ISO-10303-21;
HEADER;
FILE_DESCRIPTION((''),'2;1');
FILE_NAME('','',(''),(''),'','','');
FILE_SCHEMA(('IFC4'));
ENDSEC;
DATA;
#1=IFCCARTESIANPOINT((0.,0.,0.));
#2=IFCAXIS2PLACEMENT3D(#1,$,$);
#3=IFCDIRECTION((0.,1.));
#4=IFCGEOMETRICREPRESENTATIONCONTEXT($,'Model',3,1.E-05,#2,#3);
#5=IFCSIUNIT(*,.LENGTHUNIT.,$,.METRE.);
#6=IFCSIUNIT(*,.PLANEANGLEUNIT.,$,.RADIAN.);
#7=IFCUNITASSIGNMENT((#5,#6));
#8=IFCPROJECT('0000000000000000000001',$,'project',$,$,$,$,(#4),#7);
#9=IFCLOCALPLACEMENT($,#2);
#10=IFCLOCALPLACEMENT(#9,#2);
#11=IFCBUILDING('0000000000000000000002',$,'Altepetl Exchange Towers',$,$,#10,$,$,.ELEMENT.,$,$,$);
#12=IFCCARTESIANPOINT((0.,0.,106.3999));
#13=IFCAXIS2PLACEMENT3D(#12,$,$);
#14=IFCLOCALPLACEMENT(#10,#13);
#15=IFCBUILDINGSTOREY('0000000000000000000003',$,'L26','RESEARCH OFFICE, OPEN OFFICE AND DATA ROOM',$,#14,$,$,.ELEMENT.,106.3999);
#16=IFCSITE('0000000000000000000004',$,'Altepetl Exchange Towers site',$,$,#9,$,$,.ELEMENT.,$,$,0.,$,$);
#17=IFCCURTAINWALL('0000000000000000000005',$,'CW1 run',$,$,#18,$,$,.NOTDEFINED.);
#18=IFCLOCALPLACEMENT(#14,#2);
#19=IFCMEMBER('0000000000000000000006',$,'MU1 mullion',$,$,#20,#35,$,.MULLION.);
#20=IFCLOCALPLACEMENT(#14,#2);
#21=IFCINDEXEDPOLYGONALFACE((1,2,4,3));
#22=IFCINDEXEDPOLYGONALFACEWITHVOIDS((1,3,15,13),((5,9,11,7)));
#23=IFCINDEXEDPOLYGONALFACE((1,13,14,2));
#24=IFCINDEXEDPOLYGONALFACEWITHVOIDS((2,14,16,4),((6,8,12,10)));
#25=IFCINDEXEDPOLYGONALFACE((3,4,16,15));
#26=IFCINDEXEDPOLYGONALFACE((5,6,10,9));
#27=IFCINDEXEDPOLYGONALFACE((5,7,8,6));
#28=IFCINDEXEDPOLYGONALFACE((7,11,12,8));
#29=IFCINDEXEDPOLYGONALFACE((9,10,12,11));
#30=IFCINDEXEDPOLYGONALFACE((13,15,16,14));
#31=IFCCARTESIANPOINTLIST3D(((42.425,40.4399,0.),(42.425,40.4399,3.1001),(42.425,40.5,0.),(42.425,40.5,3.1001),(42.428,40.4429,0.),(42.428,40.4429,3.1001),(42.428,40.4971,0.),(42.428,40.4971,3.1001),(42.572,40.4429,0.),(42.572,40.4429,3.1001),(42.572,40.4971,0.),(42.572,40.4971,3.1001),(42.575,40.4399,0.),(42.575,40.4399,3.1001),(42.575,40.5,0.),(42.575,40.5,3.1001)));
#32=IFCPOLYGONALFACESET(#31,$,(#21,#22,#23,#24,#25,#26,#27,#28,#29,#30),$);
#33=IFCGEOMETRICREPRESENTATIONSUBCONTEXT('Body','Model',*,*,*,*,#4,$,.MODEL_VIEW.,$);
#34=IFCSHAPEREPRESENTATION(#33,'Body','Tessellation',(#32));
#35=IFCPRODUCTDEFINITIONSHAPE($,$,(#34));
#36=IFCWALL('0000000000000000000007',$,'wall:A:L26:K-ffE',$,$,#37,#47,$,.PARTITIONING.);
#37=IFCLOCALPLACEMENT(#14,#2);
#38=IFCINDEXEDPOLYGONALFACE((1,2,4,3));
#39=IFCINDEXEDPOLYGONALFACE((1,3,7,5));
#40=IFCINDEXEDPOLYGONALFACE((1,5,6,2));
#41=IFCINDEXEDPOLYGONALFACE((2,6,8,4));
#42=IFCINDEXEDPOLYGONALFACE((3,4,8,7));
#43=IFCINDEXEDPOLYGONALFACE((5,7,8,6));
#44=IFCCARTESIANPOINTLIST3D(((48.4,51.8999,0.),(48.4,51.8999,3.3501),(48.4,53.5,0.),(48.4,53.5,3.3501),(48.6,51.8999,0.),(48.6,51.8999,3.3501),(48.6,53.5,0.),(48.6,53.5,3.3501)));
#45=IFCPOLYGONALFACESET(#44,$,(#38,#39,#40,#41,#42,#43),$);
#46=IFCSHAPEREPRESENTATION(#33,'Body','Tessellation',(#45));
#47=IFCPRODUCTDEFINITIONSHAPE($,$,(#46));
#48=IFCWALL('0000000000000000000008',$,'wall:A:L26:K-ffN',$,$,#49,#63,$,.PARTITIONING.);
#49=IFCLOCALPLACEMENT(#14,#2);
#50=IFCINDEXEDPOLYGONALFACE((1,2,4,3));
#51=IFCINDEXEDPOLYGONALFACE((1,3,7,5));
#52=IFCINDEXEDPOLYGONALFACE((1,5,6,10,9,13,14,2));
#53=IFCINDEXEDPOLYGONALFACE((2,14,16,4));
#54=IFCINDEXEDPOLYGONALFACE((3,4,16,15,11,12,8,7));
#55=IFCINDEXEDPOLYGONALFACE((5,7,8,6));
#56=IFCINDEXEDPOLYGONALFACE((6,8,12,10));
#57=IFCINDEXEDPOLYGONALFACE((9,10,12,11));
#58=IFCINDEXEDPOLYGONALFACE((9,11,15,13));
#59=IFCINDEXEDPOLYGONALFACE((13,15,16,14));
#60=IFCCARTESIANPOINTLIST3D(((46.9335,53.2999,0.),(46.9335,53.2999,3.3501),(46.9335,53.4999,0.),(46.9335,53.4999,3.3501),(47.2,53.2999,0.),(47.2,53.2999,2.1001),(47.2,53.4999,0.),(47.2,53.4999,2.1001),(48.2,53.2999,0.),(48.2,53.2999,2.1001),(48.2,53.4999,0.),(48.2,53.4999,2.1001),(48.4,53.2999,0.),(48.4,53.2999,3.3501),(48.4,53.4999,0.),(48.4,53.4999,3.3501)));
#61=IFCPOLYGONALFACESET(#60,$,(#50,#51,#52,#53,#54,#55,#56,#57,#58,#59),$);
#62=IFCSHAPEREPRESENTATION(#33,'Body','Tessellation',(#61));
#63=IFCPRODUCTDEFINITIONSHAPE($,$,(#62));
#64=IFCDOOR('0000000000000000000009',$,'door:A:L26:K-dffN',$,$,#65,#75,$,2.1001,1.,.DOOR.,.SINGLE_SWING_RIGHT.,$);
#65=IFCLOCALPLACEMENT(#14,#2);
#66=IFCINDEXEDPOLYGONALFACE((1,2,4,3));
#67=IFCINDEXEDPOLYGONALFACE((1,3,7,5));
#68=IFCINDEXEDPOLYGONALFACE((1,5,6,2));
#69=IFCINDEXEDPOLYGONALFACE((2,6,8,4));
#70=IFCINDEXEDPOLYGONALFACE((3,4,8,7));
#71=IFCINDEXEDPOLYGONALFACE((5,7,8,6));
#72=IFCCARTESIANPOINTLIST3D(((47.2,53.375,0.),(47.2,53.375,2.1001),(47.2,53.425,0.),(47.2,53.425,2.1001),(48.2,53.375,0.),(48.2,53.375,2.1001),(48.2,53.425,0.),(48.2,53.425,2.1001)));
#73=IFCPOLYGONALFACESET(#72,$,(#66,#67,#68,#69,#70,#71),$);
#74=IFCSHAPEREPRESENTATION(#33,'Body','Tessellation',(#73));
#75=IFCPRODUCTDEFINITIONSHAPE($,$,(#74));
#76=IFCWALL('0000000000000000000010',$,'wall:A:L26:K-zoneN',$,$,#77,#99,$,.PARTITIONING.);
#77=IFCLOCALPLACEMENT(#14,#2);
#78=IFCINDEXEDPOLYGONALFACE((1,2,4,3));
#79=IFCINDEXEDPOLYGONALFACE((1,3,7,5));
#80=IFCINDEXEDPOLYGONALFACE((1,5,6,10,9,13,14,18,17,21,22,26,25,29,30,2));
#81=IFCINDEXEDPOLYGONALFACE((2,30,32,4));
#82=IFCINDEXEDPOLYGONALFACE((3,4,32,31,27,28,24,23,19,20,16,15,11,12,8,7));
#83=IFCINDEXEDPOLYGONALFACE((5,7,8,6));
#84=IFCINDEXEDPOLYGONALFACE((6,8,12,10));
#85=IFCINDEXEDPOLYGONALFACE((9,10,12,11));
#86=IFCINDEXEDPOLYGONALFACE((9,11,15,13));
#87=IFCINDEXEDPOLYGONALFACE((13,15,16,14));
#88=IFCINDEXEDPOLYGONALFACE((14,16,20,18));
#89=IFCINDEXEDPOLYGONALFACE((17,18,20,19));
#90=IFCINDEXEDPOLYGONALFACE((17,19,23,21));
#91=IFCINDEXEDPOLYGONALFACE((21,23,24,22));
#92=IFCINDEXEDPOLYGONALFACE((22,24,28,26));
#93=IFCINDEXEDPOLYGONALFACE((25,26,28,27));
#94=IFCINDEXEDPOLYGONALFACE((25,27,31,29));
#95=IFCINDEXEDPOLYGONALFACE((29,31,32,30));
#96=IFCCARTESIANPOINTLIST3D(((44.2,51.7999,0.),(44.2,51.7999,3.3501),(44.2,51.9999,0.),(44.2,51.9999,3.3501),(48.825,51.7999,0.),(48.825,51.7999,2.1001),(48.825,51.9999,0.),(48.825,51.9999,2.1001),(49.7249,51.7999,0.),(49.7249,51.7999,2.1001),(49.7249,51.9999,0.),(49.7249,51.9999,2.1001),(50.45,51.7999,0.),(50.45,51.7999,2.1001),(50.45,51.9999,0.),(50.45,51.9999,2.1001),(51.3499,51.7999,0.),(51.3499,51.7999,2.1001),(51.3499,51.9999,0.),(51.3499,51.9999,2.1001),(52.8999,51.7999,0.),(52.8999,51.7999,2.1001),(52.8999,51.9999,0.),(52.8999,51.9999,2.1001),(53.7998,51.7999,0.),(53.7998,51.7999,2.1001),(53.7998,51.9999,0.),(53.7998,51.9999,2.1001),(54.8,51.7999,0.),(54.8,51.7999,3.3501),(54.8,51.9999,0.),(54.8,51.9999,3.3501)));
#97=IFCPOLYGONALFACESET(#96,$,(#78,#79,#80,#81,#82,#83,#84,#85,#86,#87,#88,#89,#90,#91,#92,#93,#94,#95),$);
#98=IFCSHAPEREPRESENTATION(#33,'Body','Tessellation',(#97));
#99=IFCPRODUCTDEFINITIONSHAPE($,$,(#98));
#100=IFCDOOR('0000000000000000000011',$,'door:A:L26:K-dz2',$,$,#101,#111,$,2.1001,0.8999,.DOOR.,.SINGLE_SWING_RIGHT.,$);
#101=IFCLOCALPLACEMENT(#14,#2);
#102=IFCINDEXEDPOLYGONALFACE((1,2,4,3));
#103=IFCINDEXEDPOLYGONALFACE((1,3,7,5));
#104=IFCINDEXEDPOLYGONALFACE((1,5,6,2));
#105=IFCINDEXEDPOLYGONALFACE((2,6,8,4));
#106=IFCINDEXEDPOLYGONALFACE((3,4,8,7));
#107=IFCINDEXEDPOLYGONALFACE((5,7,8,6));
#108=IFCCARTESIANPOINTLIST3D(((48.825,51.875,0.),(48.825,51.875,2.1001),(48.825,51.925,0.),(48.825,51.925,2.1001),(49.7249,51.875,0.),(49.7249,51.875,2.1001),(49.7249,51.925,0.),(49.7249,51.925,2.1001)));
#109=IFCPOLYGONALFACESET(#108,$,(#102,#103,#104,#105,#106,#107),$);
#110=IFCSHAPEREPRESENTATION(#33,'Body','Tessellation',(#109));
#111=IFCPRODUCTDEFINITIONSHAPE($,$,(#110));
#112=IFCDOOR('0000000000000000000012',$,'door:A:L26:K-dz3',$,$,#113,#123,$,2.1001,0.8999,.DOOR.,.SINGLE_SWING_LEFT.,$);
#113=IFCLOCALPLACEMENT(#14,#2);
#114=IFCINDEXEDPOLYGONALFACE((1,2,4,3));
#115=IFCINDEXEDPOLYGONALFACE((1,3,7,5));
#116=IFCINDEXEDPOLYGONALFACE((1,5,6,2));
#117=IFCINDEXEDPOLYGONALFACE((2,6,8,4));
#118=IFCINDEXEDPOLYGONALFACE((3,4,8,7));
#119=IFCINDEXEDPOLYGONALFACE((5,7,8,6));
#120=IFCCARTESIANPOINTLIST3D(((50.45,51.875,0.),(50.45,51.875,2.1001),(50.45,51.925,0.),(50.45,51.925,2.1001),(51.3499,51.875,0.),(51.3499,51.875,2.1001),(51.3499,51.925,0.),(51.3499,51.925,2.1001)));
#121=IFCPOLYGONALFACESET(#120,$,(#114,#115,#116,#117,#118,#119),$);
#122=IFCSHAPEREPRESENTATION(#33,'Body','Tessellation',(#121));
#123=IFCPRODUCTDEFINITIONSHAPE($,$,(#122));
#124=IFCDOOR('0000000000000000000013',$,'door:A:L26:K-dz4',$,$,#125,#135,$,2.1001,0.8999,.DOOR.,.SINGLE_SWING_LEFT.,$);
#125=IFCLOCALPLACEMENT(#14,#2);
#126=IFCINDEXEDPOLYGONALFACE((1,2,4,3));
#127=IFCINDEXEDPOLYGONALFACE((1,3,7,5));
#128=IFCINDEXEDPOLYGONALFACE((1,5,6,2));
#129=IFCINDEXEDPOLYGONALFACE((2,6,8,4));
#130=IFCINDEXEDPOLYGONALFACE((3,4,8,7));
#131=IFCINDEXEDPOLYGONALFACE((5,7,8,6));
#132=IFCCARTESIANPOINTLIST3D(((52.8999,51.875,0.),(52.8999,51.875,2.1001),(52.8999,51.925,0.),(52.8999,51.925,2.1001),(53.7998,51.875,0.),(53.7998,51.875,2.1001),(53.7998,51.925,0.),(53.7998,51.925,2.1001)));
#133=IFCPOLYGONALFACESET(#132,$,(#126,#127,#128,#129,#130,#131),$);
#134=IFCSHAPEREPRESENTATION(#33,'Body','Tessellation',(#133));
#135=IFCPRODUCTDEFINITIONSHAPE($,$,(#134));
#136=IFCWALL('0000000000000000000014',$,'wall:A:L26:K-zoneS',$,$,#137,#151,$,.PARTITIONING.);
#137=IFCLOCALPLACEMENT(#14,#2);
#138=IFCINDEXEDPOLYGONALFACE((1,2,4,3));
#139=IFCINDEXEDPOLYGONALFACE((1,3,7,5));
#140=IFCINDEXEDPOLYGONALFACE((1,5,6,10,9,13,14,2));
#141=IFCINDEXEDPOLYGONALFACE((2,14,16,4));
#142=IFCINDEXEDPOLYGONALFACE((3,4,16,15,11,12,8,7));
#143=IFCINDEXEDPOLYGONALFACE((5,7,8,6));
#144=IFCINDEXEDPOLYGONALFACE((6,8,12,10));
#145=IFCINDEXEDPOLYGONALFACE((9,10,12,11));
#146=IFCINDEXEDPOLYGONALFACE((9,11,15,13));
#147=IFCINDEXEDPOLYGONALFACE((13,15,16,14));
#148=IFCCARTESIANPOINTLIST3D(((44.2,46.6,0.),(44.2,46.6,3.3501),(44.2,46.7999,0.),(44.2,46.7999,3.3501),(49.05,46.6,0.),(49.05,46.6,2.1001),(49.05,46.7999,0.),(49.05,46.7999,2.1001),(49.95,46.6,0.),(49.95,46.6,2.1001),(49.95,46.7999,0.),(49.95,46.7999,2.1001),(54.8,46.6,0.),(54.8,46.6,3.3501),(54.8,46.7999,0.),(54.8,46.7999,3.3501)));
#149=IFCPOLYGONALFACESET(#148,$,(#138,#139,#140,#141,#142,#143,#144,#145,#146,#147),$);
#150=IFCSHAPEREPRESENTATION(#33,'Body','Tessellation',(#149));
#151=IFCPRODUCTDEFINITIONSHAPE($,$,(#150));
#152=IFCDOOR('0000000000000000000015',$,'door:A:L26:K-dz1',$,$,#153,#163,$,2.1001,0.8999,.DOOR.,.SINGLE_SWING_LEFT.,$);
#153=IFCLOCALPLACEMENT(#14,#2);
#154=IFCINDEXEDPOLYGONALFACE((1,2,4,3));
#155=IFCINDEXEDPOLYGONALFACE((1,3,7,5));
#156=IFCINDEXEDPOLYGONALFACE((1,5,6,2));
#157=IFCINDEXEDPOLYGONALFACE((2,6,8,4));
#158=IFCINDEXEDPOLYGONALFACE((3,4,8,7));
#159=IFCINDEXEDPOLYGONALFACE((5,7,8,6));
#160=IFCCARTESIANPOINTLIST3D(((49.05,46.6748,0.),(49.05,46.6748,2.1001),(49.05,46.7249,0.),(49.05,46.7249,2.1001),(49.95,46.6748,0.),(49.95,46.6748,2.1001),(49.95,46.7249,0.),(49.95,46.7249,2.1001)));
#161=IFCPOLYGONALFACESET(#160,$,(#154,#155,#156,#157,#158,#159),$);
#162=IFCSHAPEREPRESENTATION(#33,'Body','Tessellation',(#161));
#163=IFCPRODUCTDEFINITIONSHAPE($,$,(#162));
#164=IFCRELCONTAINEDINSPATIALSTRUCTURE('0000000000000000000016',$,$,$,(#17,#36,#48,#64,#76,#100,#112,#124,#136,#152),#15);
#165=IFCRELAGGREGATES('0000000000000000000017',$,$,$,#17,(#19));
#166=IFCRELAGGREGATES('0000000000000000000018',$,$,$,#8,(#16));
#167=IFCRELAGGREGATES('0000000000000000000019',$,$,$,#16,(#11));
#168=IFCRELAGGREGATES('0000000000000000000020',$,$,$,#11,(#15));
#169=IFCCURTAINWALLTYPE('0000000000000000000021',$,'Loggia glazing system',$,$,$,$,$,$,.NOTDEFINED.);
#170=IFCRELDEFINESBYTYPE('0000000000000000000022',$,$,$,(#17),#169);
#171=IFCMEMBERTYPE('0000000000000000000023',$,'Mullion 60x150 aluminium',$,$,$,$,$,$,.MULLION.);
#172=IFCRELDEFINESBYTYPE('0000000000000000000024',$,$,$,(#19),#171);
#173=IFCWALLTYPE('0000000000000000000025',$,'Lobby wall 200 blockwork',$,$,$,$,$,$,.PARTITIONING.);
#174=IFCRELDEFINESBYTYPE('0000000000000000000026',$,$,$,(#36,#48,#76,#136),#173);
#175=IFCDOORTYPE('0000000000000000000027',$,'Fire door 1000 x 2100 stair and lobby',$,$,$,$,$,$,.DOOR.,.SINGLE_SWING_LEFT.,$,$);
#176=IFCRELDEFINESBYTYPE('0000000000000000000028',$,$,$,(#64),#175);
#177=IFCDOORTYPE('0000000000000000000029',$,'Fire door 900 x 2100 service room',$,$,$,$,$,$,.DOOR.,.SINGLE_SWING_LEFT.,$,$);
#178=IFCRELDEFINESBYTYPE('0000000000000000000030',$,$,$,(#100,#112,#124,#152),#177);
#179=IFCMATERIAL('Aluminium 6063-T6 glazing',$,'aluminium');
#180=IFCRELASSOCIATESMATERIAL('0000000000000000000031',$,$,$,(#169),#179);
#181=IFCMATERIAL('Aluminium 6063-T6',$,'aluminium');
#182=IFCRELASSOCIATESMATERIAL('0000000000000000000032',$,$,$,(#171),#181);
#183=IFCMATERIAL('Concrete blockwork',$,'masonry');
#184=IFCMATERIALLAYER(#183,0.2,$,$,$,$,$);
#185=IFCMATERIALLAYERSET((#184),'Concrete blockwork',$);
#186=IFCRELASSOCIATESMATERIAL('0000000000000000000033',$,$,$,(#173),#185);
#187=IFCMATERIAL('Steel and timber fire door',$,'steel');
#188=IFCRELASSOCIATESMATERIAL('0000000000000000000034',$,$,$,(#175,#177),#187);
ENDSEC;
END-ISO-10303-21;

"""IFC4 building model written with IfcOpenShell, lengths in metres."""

from ifc_helpers import new_model, si_unit, direction, frame, frame_2d, origin, origin_2d, place, context, subcontext, project, spatial, rectangle, hollow_rectangle, extrude, material, layer, layer_set, material_profile, profile_set, type_object, element, fill, aggregate, save


model = new_model("IFC4")

# Units and contexts
model_context = context("Model", 3, precision=1e-05, world=origin(), true_north=direction((0.0, 1.0)))
body_context = subcontext(model_context, "Body", "Model", "MODEL_VIEW")
ifc_project = project(units=[si_unit("LENGTHUNIT", "METRE"), si_unit("PLANEANGLEUNIT", "RADIAN")], contexts=[model_context])

# Site, building, storey
site_placement = place(None, origin())
site = spatial("IfcSite", under=ifc_project, at=site_placement, Name="Altepetl Exchange Towers site", CompositionType="ELEMENT", RefElevation=0.0)
building_placement = place(site_placement, origin())
building = spatial("IfcBuilding", under=site, at=building_placement, Name="Altepetl Exchange Towers", CompositionType="ELEMENT")
storey_placement = place(building_placement, frame((0.0, 0.0, 106.3999)))
storey = spatial("IfcBuildingStorey", under=building, at=storey_placement, Name="L26", Description="RESEARCH OFFICE, OPEN OFFICE AND DATA ROOM", CompositionType="ELEMENT", Elevation=106.3999)

# Curtain wall, member
ifc_material_1 = material(Name="Aluminium 6063-T6 glazing", Category="aluminium")
curtain_wall_type = type_object("IfcCurtainWallType", Name="Loggia glazing system", PredefinedType="NOTDEFINED", material=ifc_material_1)
curtain_wall_placement = place(storey_placement, origin())
curtain_wall = element("IfcCurtainWall", 1, at=curtain_wall_placement, inside=storey, type_object=curtain_wall_type, Name="CW1 run", PredefinedType="NOTDEFINED")
ifc_material_2 = material(Name="Aluminium 6063-T6", Category="aluminium")
ifc_material_profile = material_profile(ifc_material_2, hollow_rectangle(XDim=0.0601, YDim=0.1499, WallThickness=0.0029, at=origin_2d()), Name="Mullion 60x150 aluminium")
ifc_profile_set = profile_set([ifc_material_profile], Name="Aluminium 6063-T6")
member_type = type_object("IfcMemberType", Name="Mullion 60x150 aluminium", PredefinedType="MULLION", material=ifc_profile_set)
member_placement = place(storey_placement, frame((42.5, 40.47, 0.0), z_axis=(0.0, 0.0, 1.0), x_axis=(0.0, -1.0, 0.0)))
member = element("IfcMember", 2, at=member_placement, type_object=member_type, Name="MU1 mullion", PredefinedType="MULLION", context=body_context, shape_type="SweptSolid", body=[
    extrude(hollow_rectangle(XDim=0.0601, YDim=0.1499, WallThickness=0.0029, at=origin_2d()), origin(), (0.0, 0.0, 1.0), 3.1001),
])
aggregate(curtain_wall, [member])

# Wall
ifc_material_3 = material(Name="Concrete blockwork", Category="masonry")
ifc_layer_1 = layer(ifc_material_3, 0.2)
ifc_layer_set_1 = layer_set([ifc_layer_1], Name="Concrete blockwork")
wall_type_1 = type_object("IfcWallType", Name="Lobby wall 200 blockwork", PredefinedType="PARTITIONING", material=ifc_layer_set_1)
wall_1_placement = place(storey_placement, frame((48.5, 51.8999, 0.0), z_axis=(0.0, 0.0, 1.0), x_axis=(0.0, 1.0, 0.0)))
element("IfcWall", 3, at=wall_1_placement, inside=storey, type_object=wall_type_1, Name="wall:A:L26:K-ffE", PredefinedType="PARTITIONING", context=body_context, shape_type="SweptSolid", body=[
    extrude(rectangle(XDim=1.6001, YDim=0.2, at=frame_2d((0.8, 0.0))), origin(), (0.0, 0.0, 1.0), 3.3501),
])

# Wall, opening, door
wall_2_placement = place(storey_placement, frame((46.9333, 53.3999, 0.0)))
wall_2 = element("IfcWall", 4, at=wall_2_placement, inside=storey, type_object=wall_type_1, Name="wall:A:L26:K-ffN", PredefinedType="PARTITIONING", context=body_context, shape_type="SweptSolid", body=[
    extrude(rectangle(XDim=1.4666, YDim=0.2, at=frame_2d((0.7334, 0.0))), origin(), (0.0, 0.0, 1.0), 3.3501),
])
opening_1_placement = place(wall_2_placement, frame((0.2666, 0.0, 0.0)))
opening_1 = element("IfcOpeningElement", 5, at=opening_1_placement, cuts=wall_2, PredefinedType="OPENING", context=body_context, shape_type="SweptSolid", body=[
    extrude(rectangle(XDim=1.0, YDim=2.1001, at=frame_2d((0.5, 1.05))), frame((0.0, 0.1099, 0.0), z_axis=(0.0, -1.0, 0.0), x_axis=(1.0, 0.0, 0.0)), (0.0, 0.0, 1.0), 0.22),
])
ifc_material_4 = material(Name="Steel and timber fire door", Category="steel")
door_type_1 = type_object("IfcDoorType", Name="Fire door 1000 x 2100 stair and lobby", OperationType="SINGLE_SWING_LEFT", PredefinedType="DOOR", material=ifc_material_4)
door_1_placement = place(opening_1_placement, frame((1.0, 0.0, 0.0), x_axis=(-1.0, 0.0, 0.0)))
door_1 = element("IfcDoor", 6, at=door_1_placement, inside=storey, type_object=door_type_1, Name="door:A:L26:K-dffN", OperationType="SINGLE_SWING_RIGHT", OverallHeight=2.1001, OverallWidth=1.0, PredefinedType="DOOR", context=body_context, shape_type="SweptSolid", body=[
    extrude(rectangle(XDim=1.0, YDim=2.1001, at=frame_2d((0.5, 1.05))), frame((0.0, 0.0249, 0.0), z_axis=(0.0, -1.0, 0.0), x_axis=(1.0, 0.0, 0.0)), (0.0, 0.0, 1.0), 0.05),
])
fill(opening_1, door_1)

# Wall, openings, doors
wall_3_placement = place(storey_placement, frame((44.2, 51.8999, 0.0)))
wall_3 = element("IfcWall", 7, at=wall_3_placement, inside=storey, type_object=wall_type_1, Name="wall:A:L26:K-zoneN", PredefinedType="PARTITIONING", context=body_context, shape_type="SweptSolid", body=[
    extrude(rectangle(XDim=10.6001, YDim=0.2, at=frame_2d((5.3, 0.0))), origin(), (0.0, 0.0, 1.0), 3.3501),
])
opening_2_placement = place(wall_3_placement, frame((4.625, 0.0, 0.0)))
opening_2 = element("IfcOpeningElement", 8, at=opening_2_placement, cuts=wall_3, PredefinedType="OPENING", context=body_context, shape_type="SweptSolid", body=[
    extrude(rectangle(XDim=0.8999, YDim=2.1001, at=frame_2d((0.45, 1.05))), frame((0.0, 0.1099, 0.0), z_axis=(0.0, -1.0, 0.0), x_axis=(1.0, 0.0, 0.0)), (0.0, 0.0, 1.0), 0.22),
])
opening_3_placement = place(wall_3_placement, frame((6.25, 0.0, 0.0)))
opening_3 = element("IfcOpeningElement", 9, at=opening_3_placement, cuts=wall_3, PredefinedType="OPENING", context=body_context, shape_type="SweptSolid", body=[
    extrude(rectangle(XDim=0.8999, YDim=2.1001, at=frame_2d((0.45, 1.05))), frame((0.0, 0.1099, 0.0), z_axis=(0.0, -1.0, 0.0), x_axis=(1.0, 0.0, 0.0)), (0.0, 0.0, 1.0), 0.22),
])
opening_4_placement = place(wall_3_placement, frame((8.7, 0.0, 0.0)))
opening_4 = element("IfcOpeningElement", 10, at=opening_4_placement, cuts=wall_3, PredefinedType="OPENING", context=body_context, shape_type="SweptSolid", body=[
    extrude(rectangle(XDim=0.8999, YDim=2.1001, at=frame_2d((0.45, 1.05))), frame((0.0, 0.1099, 0.0), z_axis=(0.0, -1.0, 0.0), x_axis=(1.0, 0.0, 0.0)), (0.0, 0.0, 1.0), 0.22),
])
door_type_2 = type_object("IfcDoorType", Name="Fire door 900 x 2100 service room", OperationType="SINGLE_SWING_LEFT", PredefinedType="DOOR", material=ifc_material_4)
door_2_placement = place(opening_2_placement, frame((0.8999, 0.0, 0.0), x_axis=(-1.0, 0.0, 0.0)))
door_2 = element("IfcDoor", 11, at=door_2_placement, inside=storey, type_object=door_type_2, Name="door:A:L26:K-dz2", OperationType="SINGLE_SWING_RIGHT", OverallHeight=2.1001, OverallWidth=0.8999, PredefinedType="DOOR", context=body_context, shape_type="SweptSolid", body=[
    extrude(rectangle(XDim=0.8999, YDim=2.1001, at=frame_2d((0.45, 1.05))), frame((0.0, 0.0249, 0.0), z_axis=(0.0, -1.0, 0.0), x_axis=(1.0, 0.0, 0.0)), (0.0, 0.0, 1.0), 0.05),
])
fill(opening_2, door_2)
door_3_placement = place(opening_3_placement, frame((0.8999, 0.0, 0.0), x_axis=(-1.0, 0.0, 0.0)))
door_3 = element("IfcDoor", 12, at=door_3_placement, inside=storey, type_object=door_type_2, Name="door:A:L26:K-dz3", OperationType="SINGLE_SWING_LEFT", OverallHeight=2.1001, OverallWidth=0.8999, PredefinedType="DOOR", context=body_context, shape_type="SweptSolid", body=[
    extrude(rectangle(XDim=0.8999, YDim=2.1001, at=frame_2d((0.45, 1.05))), frame((0.0, 0.0249, 0.0), z_axis=(0.0, -1.0, 0.0), x_axis=(1.0, 0.0, 0.0)), (0.0, 0.0, 1.0), 0.05),
])
fill(opening_3, door_3)
door_4_placement = place(opening_4_placement, frame((0.8999, 0.0, 0.0), x_axis=(-1.0, 0.0, 0.0)))
door_4 = element("IfcDoor", 13, at=door_4_placement, inside=storey, type_object=door_type_2, Name="door:A:L26:K-dz4", OperationType="SINGLE_SWING_LEFT", OverallHeight=2.1001, OverallWidth=0.8999, PredefinedType="DOOR", context=body_context, shape_type="SweptSolid", body=[
    extrude(rectangle(XDim=0.8999, YDim=2.1001, at=frame_2d((0.45, 1.05))), frame((0.0, 0.0249, 0.0), z_axis=(0.0, -1.0, 0.0), x_axis=(1.0, 0.0, 0.0)), (0.0, 0.0, 1.0), 0.05),
])
fill(opening_4, door_4)

# Wall, opening, door
wall_4_placement = place(storey_placement, frame((44.2, 46.7, 0.0)))
wall_4 = element("IfcWall", 14, at=wall_4_placement, inside=storey, type_object=wall_type_1, Name="wall:A:L26:K-zoneS", PredefinedType="PARTITIONING", context=body_context, shape_type="SweptSolid", body=[
    extrude(rectangle(XDim=10.6001, YDim=0.2, at=frame_2d((5.3, 0.0))), origin(), (0.0, 0.0, 1.0), 3.3501),
])
opening_5_placement = place(wall_4_placement, frame((4.8501, 0.0, 0.0)))
opening_5 = element("IfcOpeningElement", 15, at=opening_5_placement, cuts=wall_4, PredefinedType="OPENING", context=body_context, shape_type="SweptSolid", body=[
    extrude(rectangle(XDim=0.8999, YDim=2.1001, at=frame_2d((0.45, 1.05))), frame((0.0, 0.1099, 0.0), z_axis=(0.0, -1.0, 0.0), x_axis=(1.0, 0.0, 0.0)), (0.0, 0.0, 1.0), 0.22),
])
door_5_placement = place(opening_5_placement, origin())
door_5 = element("IfcDoor", 16, at=door_5_placement, inside=storey, type_object=door_type_2, Name="door:A:L26:K-dz1", OperationType="SINGLE_SWING_LEFT", OverallHeight=2.1001, OverallWidth=0.8999, PredefinedType="DOOR", context=body_context, shape_type="SweptSolid", body=[
    extrude(rectangle(XDim=0.8999, YDim=2.1001, at=frame_2d((0.45, 1.05))), frame((0.0, 0.0249, 0.0), z_axis=(0.0, -1.0, 0.0), x_axis=(1.0, 0.0, 0.0)), (0.0, 0.0, 1.0), 0.05),
])
fill(opening_5, door_5)

save(model, "model.ifc")
